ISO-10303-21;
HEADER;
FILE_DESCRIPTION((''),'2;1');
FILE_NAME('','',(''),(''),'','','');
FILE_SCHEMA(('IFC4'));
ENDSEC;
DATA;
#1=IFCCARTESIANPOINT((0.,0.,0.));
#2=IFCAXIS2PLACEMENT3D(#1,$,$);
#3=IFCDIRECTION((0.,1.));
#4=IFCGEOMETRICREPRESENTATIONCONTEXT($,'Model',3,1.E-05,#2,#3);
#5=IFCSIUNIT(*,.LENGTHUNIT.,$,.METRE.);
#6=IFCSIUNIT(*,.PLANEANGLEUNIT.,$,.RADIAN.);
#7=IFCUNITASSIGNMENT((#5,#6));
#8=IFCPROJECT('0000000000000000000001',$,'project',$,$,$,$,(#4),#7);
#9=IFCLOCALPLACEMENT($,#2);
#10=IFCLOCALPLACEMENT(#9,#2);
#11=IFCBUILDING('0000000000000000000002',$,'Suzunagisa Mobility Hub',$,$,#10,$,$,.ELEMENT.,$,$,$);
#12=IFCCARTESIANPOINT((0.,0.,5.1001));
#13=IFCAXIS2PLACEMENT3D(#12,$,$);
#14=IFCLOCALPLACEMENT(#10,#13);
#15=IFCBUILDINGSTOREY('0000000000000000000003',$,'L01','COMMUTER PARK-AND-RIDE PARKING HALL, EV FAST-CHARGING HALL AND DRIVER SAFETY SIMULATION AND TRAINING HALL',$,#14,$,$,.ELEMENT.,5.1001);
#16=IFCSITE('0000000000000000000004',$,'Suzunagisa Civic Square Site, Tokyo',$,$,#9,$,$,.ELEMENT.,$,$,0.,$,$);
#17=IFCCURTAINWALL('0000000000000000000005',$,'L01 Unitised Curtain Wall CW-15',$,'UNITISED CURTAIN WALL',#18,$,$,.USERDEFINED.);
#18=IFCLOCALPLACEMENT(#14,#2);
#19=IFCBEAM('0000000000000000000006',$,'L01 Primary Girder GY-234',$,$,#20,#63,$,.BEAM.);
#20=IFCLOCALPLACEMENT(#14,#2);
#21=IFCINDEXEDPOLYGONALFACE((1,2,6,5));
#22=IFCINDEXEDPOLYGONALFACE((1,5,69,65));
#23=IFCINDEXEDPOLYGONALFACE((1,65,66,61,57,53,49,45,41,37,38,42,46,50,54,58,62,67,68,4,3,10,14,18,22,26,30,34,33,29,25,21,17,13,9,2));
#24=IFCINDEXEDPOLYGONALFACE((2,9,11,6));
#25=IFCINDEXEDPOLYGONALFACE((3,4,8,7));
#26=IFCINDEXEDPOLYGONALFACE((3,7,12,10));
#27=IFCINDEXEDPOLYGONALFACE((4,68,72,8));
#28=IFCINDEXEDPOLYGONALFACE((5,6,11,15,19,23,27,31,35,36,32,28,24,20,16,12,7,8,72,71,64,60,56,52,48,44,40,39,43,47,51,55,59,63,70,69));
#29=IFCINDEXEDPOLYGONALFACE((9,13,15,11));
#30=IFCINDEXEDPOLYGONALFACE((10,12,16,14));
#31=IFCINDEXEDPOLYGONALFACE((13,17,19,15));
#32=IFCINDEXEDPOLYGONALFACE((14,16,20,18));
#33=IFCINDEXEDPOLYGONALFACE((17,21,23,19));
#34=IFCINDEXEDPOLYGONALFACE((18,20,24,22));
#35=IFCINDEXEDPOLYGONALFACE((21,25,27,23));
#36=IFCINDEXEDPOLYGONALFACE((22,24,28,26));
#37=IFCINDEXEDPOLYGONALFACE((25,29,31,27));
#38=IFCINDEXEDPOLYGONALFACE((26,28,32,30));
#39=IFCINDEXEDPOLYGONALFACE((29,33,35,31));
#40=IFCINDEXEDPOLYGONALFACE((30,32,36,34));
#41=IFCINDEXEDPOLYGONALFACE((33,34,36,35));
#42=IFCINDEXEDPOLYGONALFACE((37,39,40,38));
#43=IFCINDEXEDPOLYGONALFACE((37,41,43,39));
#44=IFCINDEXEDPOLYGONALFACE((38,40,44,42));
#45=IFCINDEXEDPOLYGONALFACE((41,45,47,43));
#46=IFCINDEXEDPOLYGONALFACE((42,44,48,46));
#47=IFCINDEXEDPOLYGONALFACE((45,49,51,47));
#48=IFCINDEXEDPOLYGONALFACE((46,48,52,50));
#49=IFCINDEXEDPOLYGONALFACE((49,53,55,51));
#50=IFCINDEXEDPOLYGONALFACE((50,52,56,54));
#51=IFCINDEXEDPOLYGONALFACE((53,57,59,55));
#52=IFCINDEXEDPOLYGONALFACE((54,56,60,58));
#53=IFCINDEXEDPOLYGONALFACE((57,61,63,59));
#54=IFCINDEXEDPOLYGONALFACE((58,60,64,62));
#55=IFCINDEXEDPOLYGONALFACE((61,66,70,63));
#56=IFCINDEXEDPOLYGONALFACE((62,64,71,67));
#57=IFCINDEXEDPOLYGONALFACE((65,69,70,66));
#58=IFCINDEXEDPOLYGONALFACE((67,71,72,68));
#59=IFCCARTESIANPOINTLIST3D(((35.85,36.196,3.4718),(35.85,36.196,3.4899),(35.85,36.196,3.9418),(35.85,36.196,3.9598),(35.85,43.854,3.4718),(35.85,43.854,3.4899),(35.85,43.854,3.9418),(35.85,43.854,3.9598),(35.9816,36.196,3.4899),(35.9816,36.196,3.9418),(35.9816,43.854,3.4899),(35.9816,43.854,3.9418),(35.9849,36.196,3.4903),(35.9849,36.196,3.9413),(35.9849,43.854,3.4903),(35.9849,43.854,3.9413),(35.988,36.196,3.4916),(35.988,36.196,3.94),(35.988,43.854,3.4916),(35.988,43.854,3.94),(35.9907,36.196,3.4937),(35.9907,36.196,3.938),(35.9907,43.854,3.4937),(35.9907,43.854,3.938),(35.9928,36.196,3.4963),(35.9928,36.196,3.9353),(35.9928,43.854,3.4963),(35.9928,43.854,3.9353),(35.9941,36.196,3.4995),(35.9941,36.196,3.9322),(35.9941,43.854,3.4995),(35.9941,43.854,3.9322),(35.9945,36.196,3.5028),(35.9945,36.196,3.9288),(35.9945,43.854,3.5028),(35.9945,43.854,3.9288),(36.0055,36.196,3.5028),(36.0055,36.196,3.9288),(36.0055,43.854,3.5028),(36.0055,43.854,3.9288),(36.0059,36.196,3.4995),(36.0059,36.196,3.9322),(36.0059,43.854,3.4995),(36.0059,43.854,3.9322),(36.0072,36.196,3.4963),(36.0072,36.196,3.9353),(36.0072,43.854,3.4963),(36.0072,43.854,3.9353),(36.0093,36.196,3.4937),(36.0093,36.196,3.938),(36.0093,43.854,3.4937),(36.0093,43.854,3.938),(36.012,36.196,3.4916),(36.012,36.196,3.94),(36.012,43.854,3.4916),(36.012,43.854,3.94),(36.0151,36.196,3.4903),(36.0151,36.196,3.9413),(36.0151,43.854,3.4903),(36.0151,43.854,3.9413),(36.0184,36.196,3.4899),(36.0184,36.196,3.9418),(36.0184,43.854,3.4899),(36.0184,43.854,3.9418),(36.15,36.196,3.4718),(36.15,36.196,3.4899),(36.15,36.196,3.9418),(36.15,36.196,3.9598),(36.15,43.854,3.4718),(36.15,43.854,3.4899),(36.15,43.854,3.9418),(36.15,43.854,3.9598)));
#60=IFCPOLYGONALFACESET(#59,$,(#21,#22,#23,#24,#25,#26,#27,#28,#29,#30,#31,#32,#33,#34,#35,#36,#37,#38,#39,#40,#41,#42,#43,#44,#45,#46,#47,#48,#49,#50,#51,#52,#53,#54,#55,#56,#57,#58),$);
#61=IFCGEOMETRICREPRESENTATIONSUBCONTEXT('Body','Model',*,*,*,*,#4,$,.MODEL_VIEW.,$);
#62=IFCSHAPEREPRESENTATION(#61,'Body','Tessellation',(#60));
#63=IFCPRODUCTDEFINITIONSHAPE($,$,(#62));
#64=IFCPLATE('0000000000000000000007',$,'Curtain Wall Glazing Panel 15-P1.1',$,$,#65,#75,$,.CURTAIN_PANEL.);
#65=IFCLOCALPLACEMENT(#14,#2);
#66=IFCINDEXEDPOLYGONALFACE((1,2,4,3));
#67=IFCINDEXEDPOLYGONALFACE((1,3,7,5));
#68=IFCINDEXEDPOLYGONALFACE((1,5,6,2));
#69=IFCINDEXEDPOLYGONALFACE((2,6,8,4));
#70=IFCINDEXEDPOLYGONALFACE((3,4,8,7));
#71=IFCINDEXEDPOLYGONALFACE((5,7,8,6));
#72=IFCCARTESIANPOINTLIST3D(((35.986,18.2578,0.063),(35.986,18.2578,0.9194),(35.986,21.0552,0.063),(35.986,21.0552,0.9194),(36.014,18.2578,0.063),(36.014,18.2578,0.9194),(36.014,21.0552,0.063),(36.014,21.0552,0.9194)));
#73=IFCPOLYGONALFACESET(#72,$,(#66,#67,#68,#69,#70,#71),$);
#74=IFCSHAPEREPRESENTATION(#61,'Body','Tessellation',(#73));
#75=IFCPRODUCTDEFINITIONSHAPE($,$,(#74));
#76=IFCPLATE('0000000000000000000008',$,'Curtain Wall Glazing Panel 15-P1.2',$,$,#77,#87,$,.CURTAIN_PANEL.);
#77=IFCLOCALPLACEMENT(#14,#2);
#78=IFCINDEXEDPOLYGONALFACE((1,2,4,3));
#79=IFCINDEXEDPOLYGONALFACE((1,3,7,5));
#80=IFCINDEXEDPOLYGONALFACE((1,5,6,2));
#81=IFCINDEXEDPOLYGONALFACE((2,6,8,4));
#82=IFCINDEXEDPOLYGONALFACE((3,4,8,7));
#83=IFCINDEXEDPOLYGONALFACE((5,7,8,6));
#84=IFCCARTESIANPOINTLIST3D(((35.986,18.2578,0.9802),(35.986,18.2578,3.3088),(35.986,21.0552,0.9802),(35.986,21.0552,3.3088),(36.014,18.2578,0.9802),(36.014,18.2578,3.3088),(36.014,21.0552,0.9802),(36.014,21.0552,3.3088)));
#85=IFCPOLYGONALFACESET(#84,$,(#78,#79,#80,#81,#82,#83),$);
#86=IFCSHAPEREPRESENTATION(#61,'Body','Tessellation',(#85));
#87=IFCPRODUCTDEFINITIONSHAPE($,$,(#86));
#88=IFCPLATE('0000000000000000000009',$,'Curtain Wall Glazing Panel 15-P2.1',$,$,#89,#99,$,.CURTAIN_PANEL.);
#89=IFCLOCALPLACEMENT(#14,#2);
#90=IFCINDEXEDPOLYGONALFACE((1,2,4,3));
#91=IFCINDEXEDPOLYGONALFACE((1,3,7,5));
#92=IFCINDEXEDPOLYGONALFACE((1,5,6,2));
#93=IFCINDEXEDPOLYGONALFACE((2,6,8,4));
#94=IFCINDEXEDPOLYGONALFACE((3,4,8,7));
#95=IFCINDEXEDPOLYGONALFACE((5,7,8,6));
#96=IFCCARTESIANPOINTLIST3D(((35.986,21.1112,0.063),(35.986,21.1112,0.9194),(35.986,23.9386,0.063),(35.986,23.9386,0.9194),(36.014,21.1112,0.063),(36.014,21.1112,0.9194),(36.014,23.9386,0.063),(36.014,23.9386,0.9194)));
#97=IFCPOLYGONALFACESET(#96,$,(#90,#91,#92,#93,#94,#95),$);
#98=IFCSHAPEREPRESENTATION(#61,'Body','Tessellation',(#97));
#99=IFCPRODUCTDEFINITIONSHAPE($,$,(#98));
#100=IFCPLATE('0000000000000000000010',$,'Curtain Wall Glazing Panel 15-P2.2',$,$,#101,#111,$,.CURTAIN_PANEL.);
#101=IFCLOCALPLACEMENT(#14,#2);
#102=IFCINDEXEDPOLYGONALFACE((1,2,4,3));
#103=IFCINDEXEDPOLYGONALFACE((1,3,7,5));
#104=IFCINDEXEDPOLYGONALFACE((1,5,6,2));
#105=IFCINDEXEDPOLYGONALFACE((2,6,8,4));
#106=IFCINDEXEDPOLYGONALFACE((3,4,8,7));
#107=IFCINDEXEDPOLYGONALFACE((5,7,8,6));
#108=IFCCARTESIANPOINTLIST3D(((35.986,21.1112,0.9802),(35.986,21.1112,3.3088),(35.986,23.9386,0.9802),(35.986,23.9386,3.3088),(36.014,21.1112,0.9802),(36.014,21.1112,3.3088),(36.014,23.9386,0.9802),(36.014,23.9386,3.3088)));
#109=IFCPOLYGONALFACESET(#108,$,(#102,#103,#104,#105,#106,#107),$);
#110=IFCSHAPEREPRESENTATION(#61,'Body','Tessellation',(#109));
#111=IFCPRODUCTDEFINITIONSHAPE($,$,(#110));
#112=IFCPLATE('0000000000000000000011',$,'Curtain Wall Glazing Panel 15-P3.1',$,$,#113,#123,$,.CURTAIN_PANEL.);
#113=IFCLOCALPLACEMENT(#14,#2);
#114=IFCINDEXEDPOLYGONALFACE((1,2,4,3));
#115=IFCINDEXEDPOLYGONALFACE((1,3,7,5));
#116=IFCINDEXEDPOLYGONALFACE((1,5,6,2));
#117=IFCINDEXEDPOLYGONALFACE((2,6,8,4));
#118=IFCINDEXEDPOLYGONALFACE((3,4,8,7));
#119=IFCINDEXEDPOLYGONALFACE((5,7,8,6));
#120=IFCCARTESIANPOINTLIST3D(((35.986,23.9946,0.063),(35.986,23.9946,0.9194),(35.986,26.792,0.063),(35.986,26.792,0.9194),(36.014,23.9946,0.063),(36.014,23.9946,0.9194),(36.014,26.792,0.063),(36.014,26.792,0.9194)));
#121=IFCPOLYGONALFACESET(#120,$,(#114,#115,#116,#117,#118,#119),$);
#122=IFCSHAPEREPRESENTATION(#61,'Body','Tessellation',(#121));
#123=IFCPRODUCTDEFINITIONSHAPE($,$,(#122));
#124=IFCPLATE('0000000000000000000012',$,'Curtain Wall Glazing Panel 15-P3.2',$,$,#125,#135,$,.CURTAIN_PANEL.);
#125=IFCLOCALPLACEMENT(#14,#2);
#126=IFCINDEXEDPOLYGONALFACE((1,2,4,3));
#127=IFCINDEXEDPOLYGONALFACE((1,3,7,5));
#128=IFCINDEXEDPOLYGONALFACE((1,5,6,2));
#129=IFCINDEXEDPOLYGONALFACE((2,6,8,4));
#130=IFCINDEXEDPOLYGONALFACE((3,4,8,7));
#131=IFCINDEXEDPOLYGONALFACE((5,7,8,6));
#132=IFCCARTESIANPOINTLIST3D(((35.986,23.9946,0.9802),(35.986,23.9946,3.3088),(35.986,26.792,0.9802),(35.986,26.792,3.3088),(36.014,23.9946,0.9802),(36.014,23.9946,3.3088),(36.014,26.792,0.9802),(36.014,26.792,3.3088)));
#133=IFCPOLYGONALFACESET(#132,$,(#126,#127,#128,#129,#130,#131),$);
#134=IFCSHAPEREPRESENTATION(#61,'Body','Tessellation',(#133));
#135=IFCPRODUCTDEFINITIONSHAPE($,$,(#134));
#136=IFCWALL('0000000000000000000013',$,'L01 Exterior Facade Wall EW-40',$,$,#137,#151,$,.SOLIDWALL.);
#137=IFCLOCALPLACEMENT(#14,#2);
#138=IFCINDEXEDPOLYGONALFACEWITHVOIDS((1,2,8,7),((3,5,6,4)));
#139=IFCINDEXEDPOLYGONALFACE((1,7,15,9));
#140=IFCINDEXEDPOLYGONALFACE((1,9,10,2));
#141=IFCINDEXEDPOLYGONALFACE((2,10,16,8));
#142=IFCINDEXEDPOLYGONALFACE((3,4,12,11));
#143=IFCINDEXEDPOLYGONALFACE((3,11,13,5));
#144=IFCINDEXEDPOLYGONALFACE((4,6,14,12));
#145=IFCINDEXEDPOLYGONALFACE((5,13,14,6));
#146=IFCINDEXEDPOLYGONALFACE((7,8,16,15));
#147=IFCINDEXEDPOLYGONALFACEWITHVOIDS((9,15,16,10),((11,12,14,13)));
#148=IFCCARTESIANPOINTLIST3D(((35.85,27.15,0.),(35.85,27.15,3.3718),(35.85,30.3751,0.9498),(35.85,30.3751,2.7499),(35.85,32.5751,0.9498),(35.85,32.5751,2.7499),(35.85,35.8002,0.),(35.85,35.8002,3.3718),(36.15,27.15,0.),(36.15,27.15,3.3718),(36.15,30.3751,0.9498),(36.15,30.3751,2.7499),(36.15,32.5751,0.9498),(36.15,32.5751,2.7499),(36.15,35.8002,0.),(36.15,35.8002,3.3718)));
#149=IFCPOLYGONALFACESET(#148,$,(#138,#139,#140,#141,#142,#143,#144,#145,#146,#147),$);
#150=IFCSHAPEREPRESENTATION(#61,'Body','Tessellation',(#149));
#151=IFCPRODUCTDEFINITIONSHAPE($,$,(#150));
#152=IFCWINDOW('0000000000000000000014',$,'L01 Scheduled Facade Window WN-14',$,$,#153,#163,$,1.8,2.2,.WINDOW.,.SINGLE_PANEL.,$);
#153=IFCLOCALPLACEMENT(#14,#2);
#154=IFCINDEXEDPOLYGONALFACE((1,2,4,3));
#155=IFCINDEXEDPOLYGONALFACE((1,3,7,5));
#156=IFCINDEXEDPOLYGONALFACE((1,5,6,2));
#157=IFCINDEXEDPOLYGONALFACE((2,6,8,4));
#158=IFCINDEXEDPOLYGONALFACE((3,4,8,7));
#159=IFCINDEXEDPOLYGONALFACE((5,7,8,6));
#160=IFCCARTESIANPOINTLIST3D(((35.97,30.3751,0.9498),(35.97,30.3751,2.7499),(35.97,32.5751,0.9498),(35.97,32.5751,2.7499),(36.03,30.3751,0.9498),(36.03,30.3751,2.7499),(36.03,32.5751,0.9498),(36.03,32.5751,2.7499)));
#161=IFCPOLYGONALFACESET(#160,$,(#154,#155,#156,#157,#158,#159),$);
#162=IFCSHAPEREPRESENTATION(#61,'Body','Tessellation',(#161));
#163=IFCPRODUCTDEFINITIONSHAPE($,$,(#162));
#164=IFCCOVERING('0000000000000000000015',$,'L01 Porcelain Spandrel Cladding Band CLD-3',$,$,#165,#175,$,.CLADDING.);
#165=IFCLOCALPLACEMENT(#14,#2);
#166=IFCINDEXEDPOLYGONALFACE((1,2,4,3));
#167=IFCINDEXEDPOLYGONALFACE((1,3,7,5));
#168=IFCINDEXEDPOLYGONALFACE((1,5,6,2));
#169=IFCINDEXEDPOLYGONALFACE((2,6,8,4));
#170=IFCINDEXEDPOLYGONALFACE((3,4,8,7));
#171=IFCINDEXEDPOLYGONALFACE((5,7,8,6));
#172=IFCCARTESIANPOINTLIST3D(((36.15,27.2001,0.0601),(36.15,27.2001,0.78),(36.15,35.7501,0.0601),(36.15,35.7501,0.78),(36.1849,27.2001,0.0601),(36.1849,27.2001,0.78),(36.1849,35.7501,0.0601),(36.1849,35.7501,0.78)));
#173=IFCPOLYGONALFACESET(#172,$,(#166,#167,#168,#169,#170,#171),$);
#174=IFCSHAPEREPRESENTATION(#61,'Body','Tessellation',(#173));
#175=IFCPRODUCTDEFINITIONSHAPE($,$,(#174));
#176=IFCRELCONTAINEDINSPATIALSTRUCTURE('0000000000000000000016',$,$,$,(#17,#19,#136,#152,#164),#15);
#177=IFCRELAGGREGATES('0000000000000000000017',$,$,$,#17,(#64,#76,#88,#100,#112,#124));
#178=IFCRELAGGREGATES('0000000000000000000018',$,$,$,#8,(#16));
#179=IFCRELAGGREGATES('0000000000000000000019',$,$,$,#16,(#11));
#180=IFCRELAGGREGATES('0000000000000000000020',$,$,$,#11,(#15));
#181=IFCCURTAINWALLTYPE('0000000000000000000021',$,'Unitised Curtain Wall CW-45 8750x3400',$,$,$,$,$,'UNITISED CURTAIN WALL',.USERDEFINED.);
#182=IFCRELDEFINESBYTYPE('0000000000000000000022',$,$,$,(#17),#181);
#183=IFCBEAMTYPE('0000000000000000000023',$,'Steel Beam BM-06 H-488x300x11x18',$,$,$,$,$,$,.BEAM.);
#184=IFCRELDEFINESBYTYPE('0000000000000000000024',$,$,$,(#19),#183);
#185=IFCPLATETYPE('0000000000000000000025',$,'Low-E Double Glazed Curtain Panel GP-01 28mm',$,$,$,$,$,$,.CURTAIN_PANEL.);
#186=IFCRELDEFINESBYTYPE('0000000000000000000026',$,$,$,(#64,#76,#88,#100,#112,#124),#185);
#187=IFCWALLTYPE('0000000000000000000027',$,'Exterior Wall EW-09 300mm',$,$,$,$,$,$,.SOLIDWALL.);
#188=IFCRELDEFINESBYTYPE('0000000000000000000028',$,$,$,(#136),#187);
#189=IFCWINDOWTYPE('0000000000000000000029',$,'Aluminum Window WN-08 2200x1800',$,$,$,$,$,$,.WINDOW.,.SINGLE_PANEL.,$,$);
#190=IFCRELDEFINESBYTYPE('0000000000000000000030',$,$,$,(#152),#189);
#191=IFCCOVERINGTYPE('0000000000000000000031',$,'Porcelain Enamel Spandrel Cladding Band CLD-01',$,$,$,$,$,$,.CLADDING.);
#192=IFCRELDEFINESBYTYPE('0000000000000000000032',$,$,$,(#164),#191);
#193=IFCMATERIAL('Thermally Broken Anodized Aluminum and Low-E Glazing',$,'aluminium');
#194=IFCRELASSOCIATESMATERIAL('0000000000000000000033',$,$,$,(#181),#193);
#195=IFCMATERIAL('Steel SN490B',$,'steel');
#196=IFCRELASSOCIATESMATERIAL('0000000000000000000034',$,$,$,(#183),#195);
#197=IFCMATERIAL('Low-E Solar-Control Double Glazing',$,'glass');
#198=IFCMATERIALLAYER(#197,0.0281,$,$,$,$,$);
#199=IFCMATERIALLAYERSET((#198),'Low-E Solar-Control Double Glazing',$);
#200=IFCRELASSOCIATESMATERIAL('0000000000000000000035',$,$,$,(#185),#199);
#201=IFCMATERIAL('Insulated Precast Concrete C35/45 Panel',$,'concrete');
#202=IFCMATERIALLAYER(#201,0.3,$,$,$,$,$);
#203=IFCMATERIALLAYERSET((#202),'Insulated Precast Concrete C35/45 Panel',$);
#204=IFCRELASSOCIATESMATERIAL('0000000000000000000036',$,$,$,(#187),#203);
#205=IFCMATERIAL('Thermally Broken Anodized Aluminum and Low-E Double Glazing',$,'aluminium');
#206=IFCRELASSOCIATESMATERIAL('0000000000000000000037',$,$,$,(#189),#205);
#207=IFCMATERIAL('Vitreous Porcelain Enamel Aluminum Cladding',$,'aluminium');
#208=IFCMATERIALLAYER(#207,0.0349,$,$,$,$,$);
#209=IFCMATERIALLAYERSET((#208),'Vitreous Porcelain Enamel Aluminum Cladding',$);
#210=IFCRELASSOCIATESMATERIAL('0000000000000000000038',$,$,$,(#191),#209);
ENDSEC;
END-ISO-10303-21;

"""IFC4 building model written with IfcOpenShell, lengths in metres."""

from ifc_helpers import new_model, si_unit, direction, frame, frame_2d, origin, origin_2d, place, context, subcontext, project, spatial, rectangle, i_section, extrude, material, layer, layer_set, material_profile, profile_set, type_object, element, fill, aggregate, save


model = new_model("IFC4")

# Units and contexts
model_context = context("Model", 3, precision=1e-05, world=origin(), true_north=direction((0.0, 1.0)))
body_context = subcontext(model_context, "Body", "Model", "MODEL_VIEW")
ifc_project = project(units=[si_unit("LENGTHUNIT", "METRE"), si_unit("PLANEANGLEUNIT", "RADIAN")], contexts=[model_context])

# Site, building, storey
site_placement = place(None, origin())
site = spatial("IfcSite", under=ifc_project, at=site_placement, Name="Suzunagisa Civic Square Site, Tokyo", CompositionType="ELEMENT", RefElevation=0.0)
building_placement = place(site_placement, origin())
building = spatial("IfcBuilding", under=site, at=building_placement, Name="Suzunagisa Mobility Hub", CompositionType="ELEMENT")
storey_placement = place(building_placement, frame((0.0, 0.0, 5.1001)))
storey = spatial("IfcBuildingStorey", under=building, at=storey_placement, Name="L01", Description="COMMUTER PARK-AND-RIDE PARKING HALL, EV FAST-CHARGING HALL AND DRIVER SAFETY SIMULATION AND TRAINING HALL", CompositionType="ELEMENT", Elevation=5.1001)

# Shared definitions
ifc_material_1 = material(Name="Steel SN490B", Category="steel")

# Curtain wall
ifc_material_2 = material(Name="Thermally Broken Anodized Aluminum and Low-E Glazing", Category="aluminium")
curtain_wall_type_1 = type_object("IfcCurtainWallType", Name="Unitised Curtain Wall CW-45 8750x3400", ElementType="UNITISED CURTAIN WALL", PredefinedType="USERDEFINED", material=ifc_material_2)
curtain_wall_1_placement = place(storey_placement, origin())
curtain_wall_1 = element("IfcCurtainWall", 1, at=curtain_wall_1_placement, inside=storey, type_object=curtain_wall_type_1, Name="L01 Unitised Curtain Wall CW-15", ObjectType="UNITISED CURTAIN WALL", PredefinedType="USERDEFINED")

# Beam
ifc_material_profile_1 = material_profile(ifc_material_1, i_section(OverallWidth=0.3, OverallDepth=0.488, WebThickness=0.011, FlangeThickness=0.0181, FilletRadius=0.0129, at=origin_2d()), Name="H-488x300x11x18")
ifc_profile_set_1 = profile_set([ifc_material_profile_1], Name="Steel SN490B")
beam_type = type_object("IfcBeamType", Name="Steel Beam BM-06 H-488x300x11x18", PredefinedType="BEAM", material=ifc_profile_set_1)
beam_1_placement = place(storey_placement, frame((36.0, 36.196, 3.7158), z_axis=(0.0, 1.0, 0.0), x_axis=(-1.0, 0.0, 0.0)))
element("IfcBeam", 2, at=beam_1_placement, inside=storey, type_object=beam_type, Name="L01 Primary Girder GY-234", PredefinedType="BEAM", context=body_context, shape_type="SweptSolid", body=[
    extrude(i_section(OverallWidth=0.3, OverallDepth=0.488, WebThickness=0.011, FlangeThickness=0.0181, FilletRadius=0.0129, at=origin_2d()), origin(), (0.0, 0.0, 1.0), 7.658),
])

# Plates
ifc_material_3 = material(Name="Low-E Solar-Control Double Glazing", Category="glass")
ifc_layer_1 = layer(ifc_material_3, 0.0281)
ifc_layer_set_1 = layer_set([ifc_layer_1], Name="Low-E Solar-Control Double Glazing")
plate_type = type_object("IfcPlateType", Name="Low-E Double Glazed Curtain Panel GP-01 28mm", PredefinedType="CURTAIN_PANEL", material=ifc_layer_set_1)
plate_1_placement = place(storey_placement, frame((36.0, 19.6565, 0.063), z_axis=(0.0, 0.0, 1.0), x_axis=(0.0, 1.0, 0.0)))
plate_1 = element("IfcPlate", 3, at=plate_1_placement, type_object=plate_type, Name="Curtain Wall Glazing Panel 15-P1.1", PredefinedType="CURTAIN_PANEL", context=body_context, shape_type="SweptSolid", body=[
    extrude(rectangle(XDim=2.7974, YDim=0.0281, at=origin_2d()), origin(), (0.0, 0.0, 1.0), 0.8564),
])
plate_2_placement = place(storey_placement, frame((36.0, 19.6565, 0.9802), z_axis=(0.0, 0.0, 1.0), x_axis=(0.0, 1.0, 0.0)))
plate_2 = element("IfcPlate", 4, at=plate_2_placement, type_object=plate_type, Name="Curtain Wall Glazing Panel 15-P1.2", PredefinedType="CURTAIN_PANEL", context=body_context, shape_type="SweptSolid", body=[
    extrude(rectangle(XDim=2.7974, YDim=0.0281, at=origin_2d()), origin(), (0.0, 0.0, 1.0), 2.3286),
])
plate_3_placement = place(storey_placement, frame((36.0, 22.5249, 0.063), z_axis=(0.0, 0.0, 1.0), x_axis=(0.0, 1.0, 0.0)))
plate_3 = element("IfcPlate", 5, at=plate_3_placement, type_object=plate_type, Name="Curtain Wall Glazing Panel 15-P2.1", PredefinedType="CURTAIN_PANEL", context=body_context, shape_type="SweptSolid", body=[
    extrude(rectangle(XDim=2.8274, YDim=0.0281, at=origin_2d()), origin(), (0.0, 0.0, 1.0), 0.8564),
])
plate_4_placement = place(storey_placement, frame((36.0, 22.5249, 0.9802), z_axis=(0.0, 0.0, 1.0), x_axis=(0.0, 1.0, 0.0)))
plate_4 = element("IfcPlate", 6, at=plate_4_placement, type_object=plate_type, Name="Curtain Wall Glazing Panel 15-P2.2", PredefinedType="CURTAIN_PANEL", context=body_context, shape_type="SweptSolid", body=[
    extrude(rectangle(XDim=2.8274, YDim=0.0281, at=origin_2d()), origin(), (0.0, 0.0, 1.0), 2.3286),
])
plate_5_placement = place(storey_placement, frame((36.0, 25.3933, 0.063), z_axis=(0.0, 0.0, 1.0), x_axis=(0.0, 1.0, 0.0)))
plate_5 = element("IfcPlate", 7, at=plate_5_placement, type_object=plate_type, Name="Curtain Wall Glazing Panel 15-P3.1", PredefinedType="CURTAIN_PANEL", context=body_context, shape_type="SweptSolid", body=[
    extrude(rectangle(XDim=2.7974, YDim=0.0281, at=origin_2d()), origin(), (0.0, 0.0, 1.0), 0.8564),
])
plate_6_placement = place(storey_placement, frame((36.0, 25.3933, 0.9802), z_axis=(0.0, 0.0, 1.0), x_axis=(0.0, 1.0, 0.0)))
plate_6 = element("IfcPlate", 8, at=plate_6_placement, type_object=plate_type, Name="Curtain Wall Glazing Panel 15-P3.2", PredefinedType="CURTAIN_PANEL", context=body_context, shape_type="SweptSolid", body=[
    extrude(rectangle(XDim=2.7974, YDim=0.0281, at=origin_2d()), origin(), (0.0, 0.0, 1.0), 2.3286),
])
aggregate(curtain_wall_1, [plate_1, plate_2, plate_3, plate_4, plate_5, plate_6])

# Wall, opening, window
ifc_material_4 = material(Name="Insulated Precast Concrete C35/45 Panel", Category="concrete")
ifc_layer_2 = layer(ifc_material_4, 0.3)
ifc_layer_set_2 = layer_set([ifc_layer_2], Name="Insulated Precast Concrete C35/45 Panel")
wall_type = type_object("IfcWallType", Name="Exterior Wall EW-09 300mm", PredefinedType="SOLIDWALL", material=ifc_layer_set_2)
wall_placement = place(storey_placement, frame((36.0, 27.1499, 0.0), z_axis=(0.0, 0.0, 1.0), x_axis=(0.0, 1.0, 0.0)))
wall = element("IfcWall", 9, at=wall_placement, inside=storey, type_object=wall_type, Name="L01 Exterior Facade Wall EW-40", PredefinedType="SOLIDWALL", context=body_context, shape_type="SweptSolid", body=[
    extrude(rectangle(XDim=8.6501, YDim=0.3, at=frame_2d((4.3252, 0.0))), origin(), (0.0, 0.0, 1.0), 3.3718),
])
opening_placement = place(wall_placement, frame((3.2251, 0.0, 0.95)))
opening = element("IfcOpeningElement", 10, at=opening_placement, cuts=wall, PredefinedType="OPENING", context=body_context, shape_type="SweptSolid", body=[
    extrude(rectangle(XDim=2.2, YDim=1.8, at=frame_2d((1.1001, 0.8999))), frame((0.0, 0.1611, 0.0), z_axis=(0.0, -1.0, 0.0), x_axis=(1.0, 0.0, 0.0)), (0.0, 0.0, 1.0), 0.322),
])
ifc_material_5 = material(Name="Thermally Broken Anodized Aluminum and Low-E Double Glazing", Category="aluminium")
window_type = type_object("IfcWindowType", Name="Aluminum Window WN-08 2200x1800", PartitioningType="SINGLE_PANEL", PredefinedType="WINDOW", material=ifc_material_5)
window_placement = place(opening_placement, origin())
window = element("IfcWindow", 11, at=window_placement, inside=storey, type_object=window_type, Name="L01 Scheduled Facade Window WN-14", OverallHeight=1.8, OverallWidth=2.2, PartitioningType="SINGLE_PANEL", PredefinedType="WINDOW", context=body_context, shape_type="SweptSolid", body=[
    extrude(rectangle(XDim=2.2, YDim=1.8, at=frame_2d((1.1001, 0.8999))), frame((0.0, 0.03, 0.0), z_axis=(0.0, -1.0, 0.0), x_axis=(1.0, 0.0, 0.0)), (0.0, 0.0, 1.0), 0.0601),
])
fill(opening, window)

# Covering
ifc_material_6 = material(Name="Vitreous Porcelain Enamel Aluminum Cladding", Category="aluminium")
ifc_layer_3 = layer(ifc_material_6, 0.0349)
ifc_layer_set_3 = layer_set([ifc_layer_3], Name="Vitreous Porcelain Enamel Aluminum Cladding")
covering_type = type_object("IfcCoveringType", Name="Porcelain Enamel Spandrel Cladding Band CLD-01", PredefinedType="CLADDING", material=ifc_layer_set_3)
covering_placement = place(storey_placement, frame((36.1675, 31.4751, 0.0601), z_axis=(0.0, 0.0, 1.0), x_axis=(0.0, 1.0, 0.0)))
element("IfcCovering", 12, at=covering_placement, inside=storey, type_object=covering_type, Name="L01 Porcelain Spandrel Cladding Band CLD-3", PredefinedType="CLADDING", context=body_context, shape_type="SweptSolid", body=[
    extrude(rectangle(XDim=8.55, YDim=0.0349, at=origin_2d()), origin(), (0.0, 0.0, 1.0), 0.72),
])

save(model, "model.ifc")
